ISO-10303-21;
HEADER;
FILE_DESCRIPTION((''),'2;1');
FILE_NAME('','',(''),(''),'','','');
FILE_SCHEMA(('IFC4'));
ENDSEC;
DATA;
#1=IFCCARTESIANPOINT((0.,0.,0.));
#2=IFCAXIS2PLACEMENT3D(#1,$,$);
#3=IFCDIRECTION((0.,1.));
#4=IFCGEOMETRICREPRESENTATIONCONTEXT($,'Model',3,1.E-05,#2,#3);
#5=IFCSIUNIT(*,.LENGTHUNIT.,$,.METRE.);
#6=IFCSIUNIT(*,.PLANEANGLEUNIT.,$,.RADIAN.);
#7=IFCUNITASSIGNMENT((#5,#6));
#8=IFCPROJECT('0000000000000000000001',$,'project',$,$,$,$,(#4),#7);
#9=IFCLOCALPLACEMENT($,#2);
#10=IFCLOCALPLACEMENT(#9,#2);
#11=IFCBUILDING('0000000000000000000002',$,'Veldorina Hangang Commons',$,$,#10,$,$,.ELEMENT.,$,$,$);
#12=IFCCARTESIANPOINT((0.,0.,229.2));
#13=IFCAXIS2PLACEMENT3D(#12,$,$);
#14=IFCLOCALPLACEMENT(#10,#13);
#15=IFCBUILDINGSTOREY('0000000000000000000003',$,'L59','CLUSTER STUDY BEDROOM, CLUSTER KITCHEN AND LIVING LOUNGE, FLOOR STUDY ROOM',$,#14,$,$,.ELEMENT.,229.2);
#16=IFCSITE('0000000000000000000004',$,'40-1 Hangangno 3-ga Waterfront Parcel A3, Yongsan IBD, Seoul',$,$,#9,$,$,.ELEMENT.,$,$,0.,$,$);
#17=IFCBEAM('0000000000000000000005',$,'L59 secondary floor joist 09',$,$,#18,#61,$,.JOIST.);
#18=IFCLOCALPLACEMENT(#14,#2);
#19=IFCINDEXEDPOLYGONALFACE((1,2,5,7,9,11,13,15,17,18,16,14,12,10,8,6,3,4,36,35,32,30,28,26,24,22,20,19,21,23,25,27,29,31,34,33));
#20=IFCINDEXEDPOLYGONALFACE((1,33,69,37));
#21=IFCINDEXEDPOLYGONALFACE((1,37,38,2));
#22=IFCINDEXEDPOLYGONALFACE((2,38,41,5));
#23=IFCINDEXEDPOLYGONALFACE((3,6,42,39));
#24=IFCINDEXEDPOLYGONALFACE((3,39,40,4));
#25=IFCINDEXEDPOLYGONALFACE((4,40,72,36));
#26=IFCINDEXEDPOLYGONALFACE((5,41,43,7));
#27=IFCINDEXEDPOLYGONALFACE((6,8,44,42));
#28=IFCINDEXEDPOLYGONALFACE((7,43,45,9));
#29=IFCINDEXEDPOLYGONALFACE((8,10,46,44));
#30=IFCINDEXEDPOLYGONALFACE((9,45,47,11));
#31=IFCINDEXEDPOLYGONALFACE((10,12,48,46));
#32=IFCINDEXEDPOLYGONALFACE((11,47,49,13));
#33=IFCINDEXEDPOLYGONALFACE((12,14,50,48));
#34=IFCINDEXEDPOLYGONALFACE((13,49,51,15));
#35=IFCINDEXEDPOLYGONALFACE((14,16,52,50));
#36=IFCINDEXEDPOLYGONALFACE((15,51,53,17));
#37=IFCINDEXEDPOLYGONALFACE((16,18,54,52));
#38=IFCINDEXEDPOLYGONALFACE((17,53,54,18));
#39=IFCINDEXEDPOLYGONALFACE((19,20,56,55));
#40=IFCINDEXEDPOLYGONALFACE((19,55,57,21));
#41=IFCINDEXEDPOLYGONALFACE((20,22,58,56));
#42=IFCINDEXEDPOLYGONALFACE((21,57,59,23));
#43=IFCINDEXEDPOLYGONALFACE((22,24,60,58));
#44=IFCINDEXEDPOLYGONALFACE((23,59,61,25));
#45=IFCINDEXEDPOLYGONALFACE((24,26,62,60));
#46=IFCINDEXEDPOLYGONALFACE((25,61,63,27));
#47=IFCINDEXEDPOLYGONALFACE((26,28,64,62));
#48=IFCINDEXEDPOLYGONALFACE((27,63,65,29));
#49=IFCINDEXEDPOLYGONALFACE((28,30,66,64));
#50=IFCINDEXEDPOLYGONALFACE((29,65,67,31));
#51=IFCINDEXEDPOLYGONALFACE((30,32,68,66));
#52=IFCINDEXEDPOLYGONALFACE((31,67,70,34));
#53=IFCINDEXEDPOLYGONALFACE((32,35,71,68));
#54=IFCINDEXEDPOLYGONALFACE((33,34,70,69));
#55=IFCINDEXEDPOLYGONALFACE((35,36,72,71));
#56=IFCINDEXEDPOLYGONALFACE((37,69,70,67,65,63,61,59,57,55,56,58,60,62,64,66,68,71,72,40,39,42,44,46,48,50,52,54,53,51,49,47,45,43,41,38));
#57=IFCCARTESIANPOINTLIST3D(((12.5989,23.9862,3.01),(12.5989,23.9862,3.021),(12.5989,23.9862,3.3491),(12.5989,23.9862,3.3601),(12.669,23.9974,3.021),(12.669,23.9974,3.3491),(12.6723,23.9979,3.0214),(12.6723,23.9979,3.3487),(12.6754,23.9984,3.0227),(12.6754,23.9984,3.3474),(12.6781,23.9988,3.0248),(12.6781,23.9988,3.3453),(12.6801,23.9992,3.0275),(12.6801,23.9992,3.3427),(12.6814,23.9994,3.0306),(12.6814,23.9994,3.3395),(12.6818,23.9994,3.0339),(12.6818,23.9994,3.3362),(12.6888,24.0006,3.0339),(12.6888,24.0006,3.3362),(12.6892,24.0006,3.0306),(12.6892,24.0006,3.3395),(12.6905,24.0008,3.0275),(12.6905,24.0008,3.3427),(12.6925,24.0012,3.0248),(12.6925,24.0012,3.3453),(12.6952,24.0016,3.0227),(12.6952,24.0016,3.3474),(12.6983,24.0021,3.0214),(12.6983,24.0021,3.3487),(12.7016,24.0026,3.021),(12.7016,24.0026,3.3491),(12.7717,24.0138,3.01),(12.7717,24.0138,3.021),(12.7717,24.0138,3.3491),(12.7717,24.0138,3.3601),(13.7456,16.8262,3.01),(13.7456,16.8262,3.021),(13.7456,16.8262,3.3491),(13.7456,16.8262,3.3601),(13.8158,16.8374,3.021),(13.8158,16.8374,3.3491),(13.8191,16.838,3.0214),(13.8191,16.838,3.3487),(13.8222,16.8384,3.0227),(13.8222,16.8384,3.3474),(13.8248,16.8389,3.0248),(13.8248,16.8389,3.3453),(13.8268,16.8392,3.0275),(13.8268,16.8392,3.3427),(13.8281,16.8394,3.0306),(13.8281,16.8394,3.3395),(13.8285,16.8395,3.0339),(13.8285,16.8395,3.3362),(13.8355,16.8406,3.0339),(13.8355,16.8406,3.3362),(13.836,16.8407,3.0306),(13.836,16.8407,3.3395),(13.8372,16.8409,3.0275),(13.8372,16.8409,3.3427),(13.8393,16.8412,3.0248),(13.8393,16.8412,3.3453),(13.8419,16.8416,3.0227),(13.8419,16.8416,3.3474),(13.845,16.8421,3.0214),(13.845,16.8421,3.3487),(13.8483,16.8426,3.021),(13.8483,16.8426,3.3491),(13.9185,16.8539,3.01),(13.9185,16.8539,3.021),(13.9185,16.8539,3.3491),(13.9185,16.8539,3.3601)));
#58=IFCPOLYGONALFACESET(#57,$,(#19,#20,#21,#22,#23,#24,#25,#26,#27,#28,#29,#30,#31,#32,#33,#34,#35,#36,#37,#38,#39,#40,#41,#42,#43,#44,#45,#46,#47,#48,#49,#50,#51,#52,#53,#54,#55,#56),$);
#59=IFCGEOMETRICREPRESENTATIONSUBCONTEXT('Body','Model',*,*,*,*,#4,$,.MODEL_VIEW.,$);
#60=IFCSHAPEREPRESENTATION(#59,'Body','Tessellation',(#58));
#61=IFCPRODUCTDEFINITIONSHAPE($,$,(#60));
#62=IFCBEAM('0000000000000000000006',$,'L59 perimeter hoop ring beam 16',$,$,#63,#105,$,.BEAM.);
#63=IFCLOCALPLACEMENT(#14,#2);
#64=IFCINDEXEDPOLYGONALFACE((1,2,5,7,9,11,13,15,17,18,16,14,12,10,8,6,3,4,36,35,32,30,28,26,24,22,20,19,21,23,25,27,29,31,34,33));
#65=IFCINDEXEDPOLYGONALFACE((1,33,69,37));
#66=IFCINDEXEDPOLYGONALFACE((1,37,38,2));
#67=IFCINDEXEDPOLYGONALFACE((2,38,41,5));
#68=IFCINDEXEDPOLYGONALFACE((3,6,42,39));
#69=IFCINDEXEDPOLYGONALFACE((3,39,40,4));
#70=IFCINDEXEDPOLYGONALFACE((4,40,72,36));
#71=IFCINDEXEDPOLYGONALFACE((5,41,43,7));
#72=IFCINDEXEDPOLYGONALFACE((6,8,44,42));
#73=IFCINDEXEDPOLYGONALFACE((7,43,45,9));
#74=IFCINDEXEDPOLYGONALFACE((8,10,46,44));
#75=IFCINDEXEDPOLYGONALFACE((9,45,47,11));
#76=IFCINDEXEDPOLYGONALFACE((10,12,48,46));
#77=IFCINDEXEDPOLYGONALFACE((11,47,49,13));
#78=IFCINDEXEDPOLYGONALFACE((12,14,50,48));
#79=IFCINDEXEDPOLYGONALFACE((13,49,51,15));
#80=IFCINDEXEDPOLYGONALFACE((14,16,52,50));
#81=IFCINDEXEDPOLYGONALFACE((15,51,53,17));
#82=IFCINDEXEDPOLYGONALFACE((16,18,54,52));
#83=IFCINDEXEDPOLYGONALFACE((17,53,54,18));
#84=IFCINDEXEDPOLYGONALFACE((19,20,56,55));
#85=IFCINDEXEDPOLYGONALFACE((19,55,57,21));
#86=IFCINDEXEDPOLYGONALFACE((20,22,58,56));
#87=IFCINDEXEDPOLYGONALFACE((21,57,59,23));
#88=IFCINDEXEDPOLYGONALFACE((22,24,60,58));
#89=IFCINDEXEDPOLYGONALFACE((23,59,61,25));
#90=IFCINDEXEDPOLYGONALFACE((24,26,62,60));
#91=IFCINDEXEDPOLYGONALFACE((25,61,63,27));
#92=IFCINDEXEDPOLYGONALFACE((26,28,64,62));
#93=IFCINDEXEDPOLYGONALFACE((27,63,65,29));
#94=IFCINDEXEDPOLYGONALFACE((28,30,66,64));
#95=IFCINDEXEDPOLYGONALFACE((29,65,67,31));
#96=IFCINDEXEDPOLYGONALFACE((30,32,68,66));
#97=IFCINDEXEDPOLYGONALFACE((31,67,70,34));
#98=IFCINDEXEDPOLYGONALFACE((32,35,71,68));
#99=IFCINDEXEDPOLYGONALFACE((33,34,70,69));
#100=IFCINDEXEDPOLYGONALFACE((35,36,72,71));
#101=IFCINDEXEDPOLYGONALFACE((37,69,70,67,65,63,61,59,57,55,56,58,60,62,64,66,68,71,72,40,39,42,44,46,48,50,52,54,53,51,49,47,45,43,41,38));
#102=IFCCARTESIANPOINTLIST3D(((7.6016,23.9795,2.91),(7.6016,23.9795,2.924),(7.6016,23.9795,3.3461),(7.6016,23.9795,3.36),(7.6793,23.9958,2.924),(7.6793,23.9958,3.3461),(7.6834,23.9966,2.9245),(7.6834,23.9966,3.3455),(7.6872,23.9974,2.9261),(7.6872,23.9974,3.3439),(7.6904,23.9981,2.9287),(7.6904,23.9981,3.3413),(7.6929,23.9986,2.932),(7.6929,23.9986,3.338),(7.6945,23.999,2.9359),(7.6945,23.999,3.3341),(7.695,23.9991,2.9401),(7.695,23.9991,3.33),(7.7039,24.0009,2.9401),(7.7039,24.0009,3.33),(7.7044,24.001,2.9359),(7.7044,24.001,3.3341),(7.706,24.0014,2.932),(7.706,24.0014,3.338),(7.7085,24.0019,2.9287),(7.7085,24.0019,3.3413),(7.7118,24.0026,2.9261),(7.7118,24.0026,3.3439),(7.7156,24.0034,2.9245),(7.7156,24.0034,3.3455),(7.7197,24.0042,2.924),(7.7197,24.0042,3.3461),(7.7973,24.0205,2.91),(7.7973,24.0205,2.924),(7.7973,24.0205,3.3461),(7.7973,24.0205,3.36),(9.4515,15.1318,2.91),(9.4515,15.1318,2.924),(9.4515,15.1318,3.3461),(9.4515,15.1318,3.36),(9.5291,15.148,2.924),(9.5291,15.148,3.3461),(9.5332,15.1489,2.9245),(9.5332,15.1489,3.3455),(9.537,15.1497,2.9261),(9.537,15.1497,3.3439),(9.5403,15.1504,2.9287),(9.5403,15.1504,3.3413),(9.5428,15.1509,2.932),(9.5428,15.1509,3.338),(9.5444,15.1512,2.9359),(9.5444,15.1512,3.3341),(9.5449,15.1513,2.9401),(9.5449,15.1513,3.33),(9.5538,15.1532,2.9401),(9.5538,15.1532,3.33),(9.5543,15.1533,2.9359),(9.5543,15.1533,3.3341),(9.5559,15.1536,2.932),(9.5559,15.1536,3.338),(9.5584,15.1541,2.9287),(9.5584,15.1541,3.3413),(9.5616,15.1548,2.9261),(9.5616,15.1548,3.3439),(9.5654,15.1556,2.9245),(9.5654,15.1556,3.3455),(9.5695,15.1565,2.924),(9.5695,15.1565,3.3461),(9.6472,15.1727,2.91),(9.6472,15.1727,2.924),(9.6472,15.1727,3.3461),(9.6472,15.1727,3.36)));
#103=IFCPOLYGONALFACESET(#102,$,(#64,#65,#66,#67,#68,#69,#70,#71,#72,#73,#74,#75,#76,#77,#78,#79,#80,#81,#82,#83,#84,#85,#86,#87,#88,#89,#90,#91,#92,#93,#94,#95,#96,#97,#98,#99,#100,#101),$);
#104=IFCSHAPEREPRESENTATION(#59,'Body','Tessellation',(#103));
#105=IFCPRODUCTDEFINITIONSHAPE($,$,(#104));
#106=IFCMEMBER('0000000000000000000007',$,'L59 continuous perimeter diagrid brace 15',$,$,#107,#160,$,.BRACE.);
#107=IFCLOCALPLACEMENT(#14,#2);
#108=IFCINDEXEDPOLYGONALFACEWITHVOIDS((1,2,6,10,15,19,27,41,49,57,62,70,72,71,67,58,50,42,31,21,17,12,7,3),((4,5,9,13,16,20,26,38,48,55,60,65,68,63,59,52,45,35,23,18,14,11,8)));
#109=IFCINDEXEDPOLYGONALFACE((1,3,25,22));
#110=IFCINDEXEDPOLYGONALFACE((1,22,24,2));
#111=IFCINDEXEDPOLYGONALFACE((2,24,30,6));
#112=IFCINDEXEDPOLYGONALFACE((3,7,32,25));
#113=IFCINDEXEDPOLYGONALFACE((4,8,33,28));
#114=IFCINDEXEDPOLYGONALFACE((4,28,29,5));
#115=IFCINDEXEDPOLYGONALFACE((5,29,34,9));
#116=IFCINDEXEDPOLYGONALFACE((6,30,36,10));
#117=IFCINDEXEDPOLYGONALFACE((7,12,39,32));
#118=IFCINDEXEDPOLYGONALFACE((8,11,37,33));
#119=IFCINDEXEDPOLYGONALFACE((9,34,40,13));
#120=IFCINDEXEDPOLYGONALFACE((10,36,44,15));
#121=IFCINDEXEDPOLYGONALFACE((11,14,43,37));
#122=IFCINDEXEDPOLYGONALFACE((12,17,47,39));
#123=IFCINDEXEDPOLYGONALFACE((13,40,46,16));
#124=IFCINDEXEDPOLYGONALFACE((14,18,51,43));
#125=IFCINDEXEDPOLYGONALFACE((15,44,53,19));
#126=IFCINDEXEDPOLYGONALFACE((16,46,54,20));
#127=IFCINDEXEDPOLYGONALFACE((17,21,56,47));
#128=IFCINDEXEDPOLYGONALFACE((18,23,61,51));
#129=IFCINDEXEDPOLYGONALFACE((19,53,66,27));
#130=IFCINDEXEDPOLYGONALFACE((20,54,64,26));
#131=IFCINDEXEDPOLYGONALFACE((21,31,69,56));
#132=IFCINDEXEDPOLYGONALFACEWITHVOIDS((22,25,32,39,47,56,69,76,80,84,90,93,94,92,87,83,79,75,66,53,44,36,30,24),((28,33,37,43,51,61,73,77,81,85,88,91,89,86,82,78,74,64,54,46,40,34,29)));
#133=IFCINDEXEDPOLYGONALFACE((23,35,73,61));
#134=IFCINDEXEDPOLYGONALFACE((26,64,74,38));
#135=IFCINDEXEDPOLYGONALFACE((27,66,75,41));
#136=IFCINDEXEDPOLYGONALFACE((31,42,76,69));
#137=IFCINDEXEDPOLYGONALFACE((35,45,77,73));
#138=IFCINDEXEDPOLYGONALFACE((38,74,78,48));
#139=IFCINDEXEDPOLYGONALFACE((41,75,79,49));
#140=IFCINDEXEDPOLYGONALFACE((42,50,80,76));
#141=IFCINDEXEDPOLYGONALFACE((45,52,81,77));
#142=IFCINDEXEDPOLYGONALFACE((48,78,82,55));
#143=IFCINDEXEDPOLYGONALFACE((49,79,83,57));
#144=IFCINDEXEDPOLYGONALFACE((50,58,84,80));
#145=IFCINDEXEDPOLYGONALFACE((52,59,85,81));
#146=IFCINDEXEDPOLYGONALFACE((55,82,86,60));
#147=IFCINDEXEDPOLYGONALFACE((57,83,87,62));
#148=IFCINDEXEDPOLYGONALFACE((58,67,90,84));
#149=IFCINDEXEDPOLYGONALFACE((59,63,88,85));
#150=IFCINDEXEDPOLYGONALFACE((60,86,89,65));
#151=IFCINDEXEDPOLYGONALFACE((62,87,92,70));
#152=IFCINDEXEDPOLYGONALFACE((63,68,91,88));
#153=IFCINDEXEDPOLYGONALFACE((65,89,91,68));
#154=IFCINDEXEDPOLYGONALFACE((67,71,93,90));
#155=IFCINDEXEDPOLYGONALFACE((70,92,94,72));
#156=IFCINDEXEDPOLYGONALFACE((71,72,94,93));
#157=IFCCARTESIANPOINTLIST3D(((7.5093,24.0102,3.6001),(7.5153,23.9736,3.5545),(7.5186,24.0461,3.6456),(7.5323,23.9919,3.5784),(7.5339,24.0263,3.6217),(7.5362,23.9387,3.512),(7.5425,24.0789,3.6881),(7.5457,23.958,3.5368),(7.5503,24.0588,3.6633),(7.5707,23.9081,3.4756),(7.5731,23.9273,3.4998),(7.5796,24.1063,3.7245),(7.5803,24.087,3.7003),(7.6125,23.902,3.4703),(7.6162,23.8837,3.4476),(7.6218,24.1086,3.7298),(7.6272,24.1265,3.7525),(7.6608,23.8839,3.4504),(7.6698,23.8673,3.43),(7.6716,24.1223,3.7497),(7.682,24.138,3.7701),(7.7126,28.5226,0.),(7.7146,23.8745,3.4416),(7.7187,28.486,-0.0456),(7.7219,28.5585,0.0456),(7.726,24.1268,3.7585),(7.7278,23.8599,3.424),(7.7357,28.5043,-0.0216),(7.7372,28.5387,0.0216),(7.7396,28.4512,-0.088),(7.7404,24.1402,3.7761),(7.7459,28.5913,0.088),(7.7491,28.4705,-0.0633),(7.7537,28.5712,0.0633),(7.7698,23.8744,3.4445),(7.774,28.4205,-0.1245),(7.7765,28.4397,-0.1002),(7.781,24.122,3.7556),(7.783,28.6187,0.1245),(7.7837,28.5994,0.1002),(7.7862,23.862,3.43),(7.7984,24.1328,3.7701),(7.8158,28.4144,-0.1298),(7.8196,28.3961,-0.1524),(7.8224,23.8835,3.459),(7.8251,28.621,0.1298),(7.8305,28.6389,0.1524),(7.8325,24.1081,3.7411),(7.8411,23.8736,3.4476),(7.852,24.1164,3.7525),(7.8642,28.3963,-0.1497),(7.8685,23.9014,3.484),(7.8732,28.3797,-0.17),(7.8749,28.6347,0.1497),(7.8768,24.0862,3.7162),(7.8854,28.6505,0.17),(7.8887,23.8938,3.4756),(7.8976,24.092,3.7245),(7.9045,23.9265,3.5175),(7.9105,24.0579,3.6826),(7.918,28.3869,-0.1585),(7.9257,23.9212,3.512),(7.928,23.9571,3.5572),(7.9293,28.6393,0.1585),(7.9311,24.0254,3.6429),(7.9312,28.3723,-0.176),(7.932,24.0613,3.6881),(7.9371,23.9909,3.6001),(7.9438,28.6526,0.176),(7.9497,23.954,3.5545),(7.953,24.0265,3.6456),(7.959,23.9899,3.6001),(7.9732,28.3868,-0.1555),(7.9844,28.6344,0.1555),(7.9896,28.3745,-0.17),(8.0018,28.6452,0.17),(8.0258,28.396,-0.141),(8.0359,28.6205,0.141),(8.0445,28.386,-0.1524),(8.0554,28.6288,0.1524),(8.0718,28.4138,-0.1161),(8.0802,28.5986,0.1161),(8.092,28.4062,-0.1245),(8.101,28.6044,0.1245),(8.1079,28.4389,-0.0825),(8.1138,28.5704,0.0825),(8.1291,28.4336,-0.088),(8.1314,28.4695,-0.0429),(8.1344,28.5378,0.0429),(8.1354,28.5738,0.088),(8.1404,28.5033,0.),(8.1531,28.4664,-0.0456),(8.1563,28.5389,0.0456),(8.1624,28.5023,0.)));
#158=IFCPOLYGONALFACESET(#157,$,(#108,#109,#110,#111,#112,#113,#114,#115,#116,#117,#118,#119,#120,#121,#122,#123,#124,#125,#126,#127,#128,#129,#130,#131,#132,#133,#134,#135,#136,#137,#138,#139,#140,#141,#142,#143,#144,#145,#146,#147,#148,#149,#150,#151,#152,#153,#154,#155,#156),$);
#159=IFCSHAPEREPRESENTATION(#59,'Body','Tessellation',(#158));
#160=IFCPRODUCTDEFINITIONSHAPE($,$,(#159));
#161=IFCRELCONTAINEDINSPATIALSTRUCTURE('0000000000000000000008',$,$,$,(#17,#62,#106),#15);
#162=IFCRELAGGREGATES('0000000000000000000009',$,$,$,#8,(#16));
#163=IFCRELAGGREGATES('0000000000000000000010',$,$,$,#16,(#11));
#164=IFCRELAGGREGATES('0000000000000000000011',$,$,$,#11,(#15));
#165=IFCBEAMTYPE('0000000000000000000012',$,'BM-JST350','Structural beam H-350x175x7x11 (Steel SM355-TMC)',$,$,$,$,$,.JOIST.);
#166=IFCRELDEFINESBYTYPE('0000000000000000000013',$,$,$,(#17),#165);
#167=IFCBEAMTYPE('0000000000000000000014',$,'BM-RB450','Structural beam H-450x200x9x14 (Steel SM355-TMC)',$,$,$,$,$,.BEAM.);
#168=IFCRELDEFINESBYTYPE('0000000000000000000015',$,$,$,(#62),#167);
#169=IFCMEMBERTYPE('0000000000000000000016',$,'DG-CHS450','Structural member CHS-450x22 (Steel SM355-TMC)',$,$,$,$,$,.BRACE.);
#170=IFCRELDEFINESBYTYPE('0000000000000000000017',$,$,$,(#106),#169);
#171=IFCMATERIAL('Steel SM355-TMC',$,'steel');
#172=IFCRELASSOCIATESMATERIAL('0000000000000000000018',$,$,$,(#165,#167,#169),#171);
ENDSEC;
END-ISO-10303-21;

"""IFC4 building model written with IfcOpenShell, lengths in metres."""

from ifc_helpers import new_model, si_unit, direction, frame, origin, origin_2d, place, context, subcontext, project, spatial, hollow_circle, i_section, extrude, material, material_profile, profile_set, type_object, element, save


model = new_model("IFC4")

# Units and contexts
model_context = context("Model", 3, precision=1e-05, world=origin(), true_north=direction((0.0, 1.0)))
body_context = subcontext(model_context, "Body", "Model", "MODEL_VIEW")
ifc_project = project(units=[si_unit("LENGTHUNIT", "METRE"), si_unit("PLANEANGLEUNIT", "RADIAN")], contexts=[model_context])

# Site, building, storey
site_placement = place(None, origin())
site = spatial("IfcSite", under=ifc_project, at=site_placement, Name="40-1 Hangangno 3-ga Waterfront Parcel A3, Yongsan IBD, Seoul", CompositionType="ELEMENT", RefElevation=0.0)
building_placement = place(site_placement, origin())
building = spatial("IfcBuilding", under=site, at=building_placement, Name="Veldorina Hangang Commons", CompositionType="ELEMENT")
storey_placement = place(building_placement, frame((0.0, 0.0, 229.2)))
storey = spatial("IfcBuildingStorey", under=building, at=storey_placement, Name="L59", Description="CLUSTER STUDY BEDROOM, CLUSTER KITCHEN AND LIVING LOUNGE, FLOOR STUDY ROOM", CompositionType="ELEMENT", Elevation=229.2)

# Beams
ifc_material_1 = material(Name="Steel SM355-TMC", Category="steel")
ifc_material_profile_1 = material_profile(ifc_material_1, i_section(OverallWidth=0.175, OverallDepth=0.3501, WebThickness=0.0071, FlangeThickness=0.011, FilletRadius=0.0129, at=origin_2d()), Name="H-350x175x7x11")
ifc_profile_set_1 = profile_set([ifc_material_profile_1], Name="Steel SM355-TMC")
beam_type_1 = type_object("IfcBeamType", Name="BM-JST350", Description="Structural beam H-350x175x7x11 (Steel SM355-TMC)", PredefinedType="JOIST", material=ifc_profile_set_1)
beam_1_placement = place(storey_placement, frame((12.6853, 24.0, 3.1851), z_axis=(0.158144, -0.987416, 0.0), x_axis=(0.987416, 0.158144, 0.0)))
element("IfcBeam", 1, at=beam_1_placement, inside=storey, type_object=beam_type_1, Name="L59 secondary floor joist 09", PredefinedType="JOIST", context=body_context, shape_type="SweptSolid", body=[
    extrude(i_section(OverallWidth=0.175, OverallDepth=0.3501, WebThickness=0.0071, FlangeThickness=0.011, FilletRadius=0.0129, at=origin_2d()), origin(), (0.0, 0.0, 1.0), 7.2512),
])
ifc_material_profile_2 = material_profile(ifc_material_1, i_section(OverallWidth=0.2, OverallDepth=0.45, WebThickness=0.009, FlangeThickness=0.0139, FilletRadius=0.0161, at=origin_2d()), Name="H-450x200x9x14")
ifc_profile_set_2 = profile_set([ifc_material_profile_2], Name="Steel SM355-TMC")
beam_type_2 = type_object("IfcBeamType", Name="BM-RB450", Description="Structural beam H-450x200x9x14 (Steel SM355-TMC)", PredefinedType="BEAM", material=ifc_profile_set_2)
beam_2_placement = place(storey_placement, frame((7.6995, 24.0, 3.135), z_axis=(0.204653, -0.978835, 0.0), x_axis=(0.978835, 0.204653, 0.0)))
element("IfcBeam", 2, at=beam_2_placement, inside=storey, type_object=beam_type_2, Name="L59 perimeter hoop ring beam 16", PredefinedType="BEAM", context=body_context, shape_type="SweptSolid", body=[
    extrude(i_section(OverallWidth=0.2, OverallDepth=0.45, WebThickness=0.009, FlangeThickness=0.0139, FilletRadius=0.0161, at=origin_2d()), origin(), (0.0, 0.0, 1.0), 9.0391),
])

# Member
ifc_material_profile_3 = material_profile(ifc_material_1, hollow_circle(Radius=0.2251, WallThickness=0.022, at=origin_2d()), Name="CHS-450x22")
ifc_profile_set_3 = profile_set([ifc_material_profile_3], Name="Steel SM355-TMC")
member_type_1 = type_object("IfcMemberType", Name="DG-CHS450", Description="Structural member CHS-450x22 (Steel SM355-TMC)", PredefinedType="BRACE", material=ifc_profile_set_3)
member_1_placement = place(storey_placement, frame((7.9375, 28.5125, 0.0), z_axis=(-0.035208, -0.781217, 0.623266), x_axis=(0.998986, -0.045023, 0.0)))
element("IfcMember", 3, at=member_1_placement, inside=storey, type_object=member_type_1, Name="L59 continuous perimeter diagrid brace 15", PredefinedType="BRACE", context=body_context, shape_type="SweptSolid", body=[
    extrude(hollow_circle(Radius=0.2251, WallThickness=0.022, at=origin_2d()), origin(), (0.0, 0.0, 1.0), 5.7761),
])

save(model, "model.ifc")
